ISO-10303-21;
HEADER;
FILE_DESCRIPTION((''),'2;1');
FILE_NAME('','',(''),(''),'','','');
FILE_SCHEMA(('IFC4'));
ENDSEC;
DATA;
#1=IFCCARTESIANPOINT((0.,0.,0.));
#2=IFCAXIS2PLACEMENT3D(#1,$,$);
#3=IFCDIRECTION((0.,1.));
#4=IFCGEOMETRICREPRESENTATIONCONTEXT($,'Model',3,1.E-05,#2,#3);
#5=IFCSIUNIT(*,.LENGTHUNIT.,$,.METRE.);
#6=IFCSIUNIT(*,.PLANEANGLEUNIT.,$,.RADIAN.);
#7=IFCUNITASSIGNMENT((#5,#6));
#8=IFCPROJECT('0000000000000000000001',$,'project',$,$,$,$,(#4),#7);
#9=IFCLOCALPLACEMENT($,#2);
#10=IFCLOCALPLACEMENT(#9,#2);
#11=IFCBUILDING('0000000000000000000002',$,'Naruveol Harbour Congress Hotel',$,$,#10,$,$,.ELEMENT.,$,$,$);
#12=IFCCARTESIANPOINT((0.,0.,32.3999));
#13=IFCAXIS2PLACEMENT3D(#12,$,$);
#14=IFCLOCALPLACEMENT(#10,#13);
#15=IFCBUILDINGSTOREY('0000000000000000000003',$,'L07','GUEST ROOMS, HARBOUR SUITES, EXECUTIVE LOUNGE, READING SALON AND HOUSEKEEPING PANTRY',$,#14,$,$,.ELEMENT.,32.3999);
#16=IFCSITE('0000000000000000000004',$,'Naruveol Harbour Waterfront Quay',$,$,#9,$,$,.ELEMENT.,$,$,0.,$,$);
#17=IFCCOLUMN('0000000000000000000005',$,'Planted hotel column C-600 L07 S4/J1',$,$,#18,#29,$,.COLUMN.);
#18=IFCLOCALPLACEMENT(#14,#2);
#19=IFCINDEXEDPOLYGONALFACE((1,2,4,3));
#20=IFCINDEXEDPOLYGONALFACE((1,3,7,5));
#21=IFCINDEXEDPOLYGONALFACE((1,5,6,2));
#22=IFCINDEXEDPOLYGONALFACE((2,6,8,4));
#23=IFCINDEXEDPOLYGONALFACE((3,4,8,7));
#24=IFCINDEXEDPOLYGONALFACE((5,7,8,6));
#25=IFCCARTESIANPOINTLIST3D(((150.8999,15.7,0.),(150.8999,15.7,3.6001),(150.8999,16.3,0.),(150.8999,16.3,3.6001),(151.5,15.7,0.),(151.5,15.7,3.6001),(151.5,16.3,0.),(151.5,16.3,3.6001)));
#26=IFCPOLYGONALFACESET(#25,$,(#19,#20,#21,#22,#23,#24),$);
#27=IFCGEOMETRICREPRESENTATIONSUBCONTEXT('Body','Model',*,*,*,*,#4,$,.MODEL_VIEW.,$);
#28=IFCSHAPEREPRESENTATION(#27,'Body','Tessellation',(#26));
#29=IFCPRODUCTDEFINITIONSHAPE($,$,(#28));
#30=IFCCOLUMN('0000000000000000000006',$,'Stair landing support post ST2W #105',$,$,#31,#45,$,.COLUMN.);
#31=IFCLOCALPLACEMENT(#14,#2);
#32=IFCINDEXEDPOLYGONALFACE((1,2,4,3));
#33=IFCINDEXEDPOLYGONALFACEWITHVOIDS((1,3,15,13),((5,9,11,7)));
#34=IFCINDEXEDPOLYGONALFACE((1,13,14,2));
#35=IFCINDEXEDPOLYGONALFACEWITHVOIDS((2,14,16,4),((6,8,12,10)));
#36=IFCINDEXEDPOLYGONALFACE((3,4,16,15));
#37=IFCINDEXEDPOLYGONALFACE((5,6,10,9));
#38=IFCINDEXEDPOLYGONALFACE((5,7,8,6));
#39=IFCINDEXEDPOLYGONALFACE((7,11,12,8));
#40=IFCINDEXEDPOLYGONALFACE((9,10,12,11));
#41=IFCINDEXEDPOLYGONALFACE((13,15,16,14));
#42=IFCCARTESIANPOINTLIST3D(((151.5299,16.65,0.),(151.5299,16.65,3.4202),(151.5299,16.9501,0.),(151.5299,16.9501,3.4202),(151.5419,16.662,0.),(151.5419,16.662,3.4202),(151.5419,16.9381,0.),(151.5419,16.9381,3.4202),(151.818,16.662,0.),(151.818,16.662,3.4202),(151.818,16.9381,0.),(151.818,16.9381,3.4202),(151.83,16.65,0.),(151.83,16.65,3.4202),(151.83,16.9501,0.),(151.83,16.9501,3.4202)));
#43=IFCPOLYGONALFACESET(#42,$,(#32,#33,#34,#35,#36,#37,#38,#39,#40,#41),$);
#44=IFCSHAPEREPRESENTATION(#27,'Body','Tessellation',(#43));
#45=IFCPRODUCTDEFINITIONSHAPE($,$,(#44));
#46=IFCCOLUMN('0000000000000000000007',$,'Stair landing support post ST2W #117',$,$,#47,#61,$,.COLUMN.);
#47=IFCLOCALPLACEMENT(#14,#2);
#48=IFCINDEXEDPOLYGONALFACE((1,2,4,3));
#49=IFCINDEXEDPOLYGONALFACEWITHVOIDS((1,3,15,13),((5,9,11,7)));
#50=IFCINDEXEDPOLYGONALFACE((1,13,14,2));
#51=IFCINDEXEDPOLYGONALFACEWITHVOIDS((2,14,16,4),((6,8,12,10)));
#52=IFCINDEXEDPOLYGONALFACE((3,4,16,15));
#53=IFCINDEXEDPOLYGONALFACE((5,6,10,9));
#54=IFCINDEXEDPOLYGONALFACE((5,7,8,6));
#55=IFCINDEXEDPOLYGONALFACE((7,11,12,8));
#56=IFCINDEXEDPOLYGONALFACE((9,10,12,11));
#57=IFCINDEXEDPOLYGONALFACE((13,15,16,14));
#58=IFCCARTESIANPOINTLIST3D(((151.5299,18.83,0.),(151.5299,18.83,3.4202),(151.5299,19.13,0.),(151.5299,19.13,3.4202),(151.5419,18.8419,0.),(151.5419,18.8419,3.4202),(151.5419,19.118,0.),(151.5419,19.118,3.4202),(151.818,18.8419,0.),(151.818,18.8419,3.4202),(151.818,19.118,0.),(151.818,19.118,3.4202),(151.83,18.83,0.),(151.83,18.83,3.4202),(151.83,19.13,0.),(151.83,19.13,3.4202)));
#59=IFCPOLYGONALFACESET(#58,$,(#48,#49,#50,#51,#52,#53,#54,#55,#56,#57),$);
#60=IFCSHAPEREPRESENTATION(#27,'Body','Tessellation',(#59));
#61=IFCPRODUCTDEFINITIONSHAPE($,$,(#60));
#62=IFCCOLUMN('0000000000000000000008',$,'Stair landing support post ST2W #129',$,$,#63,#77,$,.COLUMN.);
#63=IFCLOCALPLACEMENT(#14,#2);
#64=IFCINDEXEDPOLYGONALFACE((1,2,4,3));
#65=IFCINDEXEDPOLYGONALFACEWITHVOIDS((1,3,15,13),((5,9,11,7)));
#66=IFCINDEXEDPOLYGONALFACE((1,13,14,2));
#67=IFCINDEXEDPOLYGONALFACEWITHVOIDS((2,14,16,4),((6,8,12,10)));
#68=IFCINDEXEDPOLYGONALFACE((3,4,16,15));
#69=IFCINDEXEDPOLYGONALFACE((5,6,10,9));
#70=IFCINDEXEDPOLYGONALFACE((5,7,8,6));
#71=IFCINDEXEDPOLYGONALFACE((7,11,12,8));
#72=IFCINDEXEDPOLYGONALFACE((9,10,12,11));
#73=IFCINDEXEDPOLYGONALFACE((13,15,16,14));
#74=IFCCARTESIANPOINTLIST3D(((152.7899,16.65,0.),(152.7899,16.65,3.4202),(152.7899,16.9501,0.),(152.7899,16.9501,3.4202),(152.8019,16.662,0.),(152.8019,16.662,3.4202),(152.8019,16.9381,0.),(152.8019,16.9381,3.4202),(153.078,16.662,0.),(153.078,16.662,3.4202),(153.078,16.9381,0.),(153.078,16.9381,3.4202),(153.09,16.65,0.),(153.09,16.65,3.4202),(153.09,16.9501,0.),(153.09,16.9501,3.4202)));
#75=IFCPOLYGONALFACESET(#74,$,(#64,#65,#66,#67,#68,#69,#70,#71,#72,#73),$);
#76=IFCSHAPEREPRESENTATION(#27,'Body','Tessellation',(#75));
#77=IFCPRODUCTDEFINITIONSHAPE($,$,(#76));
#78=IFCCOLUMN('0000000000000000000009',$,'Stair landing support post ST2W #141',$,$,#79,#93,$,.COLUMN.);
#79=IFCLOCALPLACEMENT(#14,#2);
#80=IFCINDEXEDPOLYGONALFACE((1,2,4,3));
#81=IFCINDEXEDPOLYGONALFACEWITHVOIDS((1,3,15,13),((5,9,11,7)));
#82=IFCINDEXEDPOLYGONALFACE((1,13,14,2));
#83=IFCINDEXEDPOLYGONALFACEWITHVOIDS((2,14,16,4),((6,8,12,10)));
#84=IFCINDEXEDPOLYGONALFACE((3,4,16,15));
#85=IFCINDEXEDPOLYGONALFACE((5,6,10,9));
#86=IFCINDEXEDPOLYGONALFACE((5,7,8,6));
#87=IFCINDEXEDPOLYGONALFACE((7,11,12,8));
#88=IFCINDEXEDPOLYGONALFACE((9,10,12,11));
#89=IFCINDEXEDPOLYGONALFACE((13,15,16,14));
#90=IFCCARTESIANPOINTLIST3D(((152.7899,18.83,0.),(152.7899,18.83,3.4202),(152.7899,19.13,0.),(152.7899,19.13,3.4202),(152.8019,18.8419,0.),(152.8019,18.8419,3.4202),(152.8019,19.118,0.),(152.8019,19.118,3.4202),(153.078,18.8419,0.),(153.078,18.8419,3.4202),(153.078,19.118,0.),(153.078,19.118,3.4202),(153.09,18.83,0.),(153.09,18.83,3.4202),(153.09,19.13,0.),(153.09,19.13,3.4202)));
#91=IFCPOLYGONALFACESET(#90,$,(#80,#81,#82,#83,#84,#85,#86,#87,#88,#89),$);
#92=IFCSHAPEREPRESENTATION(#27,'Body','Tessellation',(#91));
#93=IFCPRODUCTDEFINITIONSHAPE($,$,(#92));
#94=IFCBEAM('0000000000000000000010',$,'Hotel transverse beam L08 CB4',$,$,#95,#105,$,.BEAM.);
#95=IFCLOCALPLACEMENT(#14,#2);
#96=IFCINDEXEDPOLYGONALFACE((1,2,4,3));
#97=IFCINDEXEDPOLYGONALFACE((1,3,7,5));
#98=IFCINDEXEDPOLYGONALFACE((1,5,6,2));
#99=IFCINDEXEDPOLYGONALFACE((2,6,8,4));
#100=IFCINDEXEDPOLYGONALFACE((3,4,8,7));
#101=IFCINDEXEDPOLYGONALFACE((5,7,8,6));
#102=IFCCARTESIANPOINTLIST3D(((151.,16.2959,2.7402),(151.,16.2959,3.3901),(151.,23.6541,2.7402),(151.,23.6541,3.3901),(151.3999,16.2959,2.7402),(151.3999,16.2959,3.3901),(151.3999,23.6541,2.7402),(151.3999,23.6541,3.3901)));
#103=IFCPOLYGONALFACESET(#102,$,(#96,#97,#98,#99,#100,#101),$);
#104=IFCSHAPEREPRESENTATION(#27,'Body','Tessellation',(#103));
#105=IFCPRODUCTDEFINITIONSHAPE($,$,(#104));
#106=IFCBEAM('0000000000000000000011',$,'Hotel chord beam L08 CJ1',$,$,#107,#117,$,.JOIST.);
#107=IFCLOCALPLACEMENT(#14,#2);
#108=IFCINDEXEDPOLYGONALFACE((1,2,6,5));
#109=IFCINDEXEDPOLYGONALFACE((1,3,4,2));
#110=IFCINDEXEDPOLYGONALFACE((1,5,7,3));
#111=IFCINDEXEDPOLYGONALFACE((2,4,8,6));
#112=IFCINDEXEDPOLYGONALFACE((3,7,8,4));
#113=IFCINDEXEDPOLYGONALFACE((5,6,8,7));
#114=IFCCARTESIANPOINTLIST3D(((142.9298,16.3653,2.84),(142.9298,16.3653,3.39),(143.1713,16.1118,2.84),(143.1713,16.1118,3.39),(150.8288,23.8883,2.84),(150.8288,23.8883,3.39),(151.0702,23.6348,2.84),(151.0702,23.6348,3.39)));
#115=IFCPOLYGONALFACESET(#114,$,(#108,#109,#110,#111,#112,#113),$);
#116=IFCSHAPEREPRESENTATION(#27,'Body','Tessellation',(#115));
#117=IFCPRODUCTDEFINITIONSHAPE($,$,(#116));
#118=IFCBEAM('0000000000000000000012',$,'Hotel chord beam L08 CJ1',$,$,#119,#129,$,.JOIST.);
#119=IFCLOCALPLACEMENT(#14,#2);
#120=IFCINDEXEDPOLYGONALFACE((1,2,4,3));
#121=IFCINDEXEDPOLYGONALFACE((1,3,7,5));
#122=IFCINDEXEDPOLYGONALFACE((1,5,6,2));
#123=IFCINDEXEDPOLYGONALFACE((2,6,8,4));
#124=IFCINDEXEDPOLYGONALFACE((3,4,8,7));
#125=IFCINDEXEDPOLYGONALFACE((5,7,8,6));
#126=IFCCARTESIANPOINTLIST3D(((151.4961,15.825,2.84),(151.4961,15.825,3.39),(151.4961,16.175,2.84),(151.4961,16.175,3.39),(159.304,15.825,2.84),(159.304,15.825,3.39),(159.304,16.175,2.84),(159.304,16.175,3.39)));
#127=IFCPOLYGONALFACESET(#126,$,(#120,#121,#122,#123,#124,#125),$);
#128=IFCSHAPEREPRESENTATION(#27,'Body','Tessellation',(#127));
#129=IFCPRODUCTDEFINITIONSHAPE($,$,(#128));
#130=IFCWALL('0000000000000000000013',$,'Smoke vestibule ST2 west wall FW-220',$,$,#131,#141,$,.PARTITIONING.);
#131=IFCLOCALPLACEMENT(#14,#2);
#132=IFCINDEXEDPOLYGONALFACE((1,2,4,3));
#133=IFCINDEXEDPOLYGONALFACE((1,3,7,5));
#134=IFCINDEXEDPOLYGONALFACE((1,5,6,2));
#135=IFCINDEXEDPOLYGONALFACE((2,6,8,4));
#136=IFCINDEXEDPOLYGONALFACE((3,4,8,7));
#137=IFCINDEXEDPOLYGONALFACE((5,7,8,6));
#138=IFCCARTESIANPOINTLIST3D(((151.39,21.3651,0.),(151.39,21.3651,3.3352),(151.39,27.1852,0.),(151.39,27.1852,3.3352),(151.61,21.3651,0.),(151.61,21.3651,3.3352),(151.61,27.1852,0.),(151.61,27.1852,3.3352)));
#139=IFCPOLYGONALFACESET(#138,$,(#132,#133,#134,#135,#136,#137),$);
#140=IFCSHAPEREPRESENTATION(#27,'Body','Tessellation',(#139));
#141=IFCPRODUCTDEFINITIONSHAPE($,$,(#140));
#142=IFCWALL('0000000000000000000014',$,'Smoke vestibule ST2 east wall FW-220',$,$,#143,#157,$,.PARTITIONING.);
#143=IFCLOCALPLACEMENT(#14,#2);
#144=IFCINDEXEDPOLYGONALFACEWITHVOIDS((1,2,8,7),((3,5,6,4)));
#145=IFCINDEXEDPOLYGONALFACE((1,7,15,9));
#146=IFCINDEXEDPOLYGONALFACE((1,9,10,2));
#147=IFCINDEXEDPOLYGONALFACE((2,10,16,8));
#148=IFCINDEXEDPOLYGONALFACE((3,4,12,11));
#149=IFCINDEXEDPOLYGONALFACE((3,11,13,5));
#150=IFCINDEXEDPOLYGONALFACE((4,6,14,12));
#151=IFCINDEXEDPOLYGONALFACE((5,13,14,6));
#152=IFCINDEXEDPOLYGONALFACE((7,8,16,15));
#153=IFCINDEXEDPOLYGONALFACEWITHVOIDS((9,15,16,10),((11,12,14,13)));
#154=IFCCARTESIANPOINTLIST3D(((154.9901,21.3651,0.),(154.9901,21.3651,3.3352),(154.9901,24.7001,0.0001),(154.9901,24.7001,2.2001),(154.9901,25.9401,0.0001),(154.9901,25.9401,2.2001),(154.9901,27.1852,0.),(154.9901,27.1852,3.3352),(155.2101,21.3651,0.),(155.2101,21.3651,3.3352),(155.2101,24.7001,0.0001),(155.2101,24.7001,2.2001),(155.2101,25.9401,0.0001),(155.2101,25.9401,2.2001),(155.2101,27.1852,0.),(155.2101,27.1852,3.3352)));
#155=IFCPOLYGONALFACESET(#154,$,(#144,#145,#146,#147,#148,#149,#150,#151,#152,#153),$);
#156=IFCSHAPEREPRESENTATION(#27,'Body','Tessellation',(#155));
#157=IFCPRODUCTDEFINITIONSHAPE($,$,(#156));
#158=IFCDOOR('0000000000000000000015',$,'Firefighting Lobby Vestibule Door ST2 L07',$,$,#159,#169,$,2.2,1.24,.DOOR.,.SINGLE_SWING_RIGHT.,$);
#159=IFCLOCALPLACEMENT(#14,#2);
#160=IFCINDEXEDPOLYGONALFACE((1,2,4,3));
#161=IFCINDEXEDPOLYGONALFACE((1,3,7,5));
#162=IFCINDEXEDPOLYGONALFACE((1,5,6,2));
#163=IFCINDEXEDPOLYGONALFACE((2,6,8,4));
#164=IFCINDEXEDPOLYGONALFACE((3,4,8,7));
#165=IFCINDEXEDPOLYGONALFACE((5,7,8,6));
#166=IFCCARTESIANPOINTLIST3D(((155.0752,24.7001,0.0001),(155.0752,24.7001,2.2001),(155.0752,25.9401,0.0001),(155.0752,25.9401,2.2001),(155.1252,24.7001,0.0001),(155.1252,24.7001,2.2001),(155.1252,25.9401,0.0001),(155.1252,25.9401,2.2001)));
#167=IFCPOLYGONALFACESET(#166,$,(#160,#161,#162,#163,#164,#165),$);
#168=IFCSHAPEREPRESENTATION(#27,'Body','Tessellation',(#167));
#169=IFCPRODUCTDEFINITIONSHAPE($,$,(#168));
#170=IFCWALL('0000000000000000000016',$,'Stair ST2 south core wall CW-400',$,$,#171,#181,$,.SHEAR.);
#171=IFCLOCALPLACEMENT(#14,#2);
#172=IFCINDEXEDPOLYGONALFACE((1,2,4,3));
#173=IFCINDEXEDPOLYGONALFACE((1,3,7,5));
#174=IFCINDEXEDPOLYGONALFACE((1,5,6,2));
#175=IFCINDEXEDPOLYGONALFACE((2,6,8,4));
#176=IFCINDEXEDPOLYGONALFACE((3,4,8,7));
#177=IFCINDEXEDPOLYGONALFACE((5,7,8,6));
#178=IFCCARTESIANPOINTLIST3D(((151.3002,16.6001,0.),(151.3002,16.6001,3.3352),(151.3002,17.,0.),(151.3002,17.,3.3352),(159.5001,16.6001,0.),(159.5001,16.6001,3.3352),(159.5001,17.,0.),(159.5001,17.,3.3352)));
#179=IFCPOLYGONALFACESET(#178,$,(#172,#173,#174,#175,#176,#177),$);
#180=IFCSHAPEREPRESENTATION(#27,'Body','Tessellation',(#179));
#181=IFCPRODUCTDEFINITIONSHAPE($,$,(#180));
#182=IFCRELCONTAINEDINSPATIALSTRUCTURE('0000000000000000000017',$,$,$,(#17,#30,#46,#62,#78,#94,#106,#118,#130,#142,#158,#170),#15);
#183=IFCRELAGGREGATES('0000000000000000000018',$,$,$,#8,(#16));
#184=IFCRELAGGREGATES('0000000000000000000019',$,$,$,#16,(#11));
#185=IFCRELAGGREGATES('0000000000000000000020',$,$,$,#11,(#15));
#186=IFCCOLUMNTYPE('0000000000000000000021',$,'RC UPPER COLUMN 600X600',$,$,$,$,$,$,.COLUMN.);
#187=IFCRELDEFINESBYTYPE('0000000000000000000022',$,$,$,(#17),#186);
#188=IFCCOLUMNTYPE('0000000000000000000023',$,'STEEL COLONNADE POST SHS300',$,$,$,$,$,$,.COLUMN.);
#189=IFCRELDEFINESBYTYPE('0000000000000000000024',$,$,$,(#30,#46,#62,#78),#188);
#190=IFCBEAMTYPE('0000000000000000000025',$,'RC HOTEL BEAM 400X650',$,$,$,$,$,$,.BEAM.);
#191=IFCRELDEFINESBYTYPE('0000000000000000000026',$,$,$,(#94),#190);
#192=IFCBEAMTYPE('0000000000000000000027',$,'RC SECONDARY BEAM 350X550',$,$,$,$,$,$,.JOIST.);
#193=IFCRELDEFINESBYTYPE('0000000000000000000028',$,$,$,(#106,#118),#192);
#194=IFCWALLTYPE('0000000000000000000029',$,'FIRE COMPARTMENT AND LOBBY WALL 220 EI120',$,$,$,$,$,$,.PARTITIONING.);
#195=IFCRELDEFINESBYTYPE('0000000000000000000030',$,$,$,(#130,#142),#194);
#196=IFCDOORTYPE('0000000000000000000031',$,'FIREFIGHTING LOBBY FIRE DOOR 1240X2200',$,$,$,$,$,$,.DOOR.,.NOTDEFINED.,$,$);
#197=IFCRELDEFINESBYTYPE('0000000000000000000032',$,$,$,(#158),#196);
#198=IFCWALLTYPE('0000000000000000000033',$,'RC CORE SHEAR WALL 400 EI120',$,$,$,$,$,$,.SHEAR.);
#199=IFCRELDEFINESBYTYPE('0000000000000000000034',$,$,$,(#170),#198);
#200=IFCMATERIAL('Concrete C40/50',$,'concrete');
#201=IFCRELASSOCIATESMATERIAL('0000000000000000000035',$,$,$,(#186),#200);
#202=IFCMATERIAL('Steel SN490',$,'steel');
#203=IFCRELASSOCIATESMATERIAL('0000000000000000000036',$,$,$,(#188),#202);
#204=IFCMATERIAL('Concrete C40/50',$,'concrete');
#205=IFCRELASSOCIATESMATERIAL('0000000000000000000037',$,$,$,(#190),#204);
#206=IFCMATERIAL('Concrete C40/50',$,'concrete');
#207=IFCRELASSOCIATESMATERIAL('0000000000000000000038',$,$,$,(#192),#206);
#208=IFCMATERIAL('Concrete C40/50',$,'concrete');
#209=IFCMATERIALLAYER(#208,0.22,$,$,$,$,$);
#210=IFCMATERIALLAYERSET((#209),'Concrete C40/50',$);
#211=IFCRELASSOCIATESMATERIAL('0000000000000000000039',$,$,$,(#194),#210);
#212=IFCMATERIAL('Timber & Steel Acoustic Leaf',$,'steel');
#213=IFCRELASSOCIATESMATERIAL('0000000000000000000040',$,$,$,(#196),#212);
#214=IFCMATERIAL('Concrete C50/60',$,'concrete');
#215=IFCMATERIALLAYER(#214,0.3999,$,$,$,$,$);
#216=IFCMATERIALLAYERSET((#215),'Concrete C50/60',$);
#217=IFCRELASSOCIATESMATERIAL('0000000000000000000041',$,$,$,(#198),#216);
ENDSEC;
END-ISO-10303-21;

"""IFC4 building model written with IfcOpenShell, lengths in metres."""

from ifc_helpers import new_model, si_unit, direction, frame, frame_2d, origin, origin_2d, place, context, subcontext, project, spatial, rectangle, hollow_rectangle, extrude, material, layer, layer_set, material_profile, profile_set, type_object, element, fill, save


model = new_model("IFC4")

# Units and contexts
model_context = context("Model", 3, precision=1e-05, world=origin(), true_north=direction((0.0, 1.0)))
body_context = subcontext(model_context, "Body", "Model", "MODEL_VIEW")
ifc_project = project(units=[si_unit("LENGTHUNIT", "METRE"), si_unit("PLANEANGLEUNIT", "RADIAN")], contexts=[model_context])

# Site, building, storey
site_placement = place(None, origin())
site = spatial("IfcSite", under=ifc_project, at=site_placement, Name="Naruveol Harbour Waterfront Quay", CompositionType="ELEMENT", RefElevation=0.0)
building_placement = place(site_placement, origin())
building = spatial("IfcBuilding", under=site, at=building_placement, Name="Naruveol Harbour Congress Hotel", CompositionType="ELEMENT")
storey_placement = place(building_placement, frame((0.0, 0.0, 32.3999)))
storey = spatial("IfcBuildingStorey", under=building, at=storey_placement, Name="L07", Description="GUEST ROOMS, HARBOUR SUITES, EXECUTIVE LOUNGE, READING SALON AND HOUSEKEEPING PANTRY", CompositionType="ELEMENT", Elevation=32.3999)

# Columns
ifc_material_1 = material(Name="Concrete C40/50", Category="concrete")
ifc_material_profile_1 = material_profile(ifc_material_1, rectangle(XDim=0.6001, YDim=0.6001, at=origin_2d()), Name="RC-600x600")
ifc_profile_set_1 = profile_set([ifc_material_profile_1], Name="Concrete C40/50")
column_type_1 = type_object("IfcColumnType", Name="RC UPPER COLUMN 600X600", PredefinedType="COLUMN", material=ifc_profile_set_1)
column_placement = place(storey_placement, frame((151.2, 16.0, 0.0), z_axis=(0.0, 0.0, 1.0), x_axis=(1.0, 0.0, 0.0)))
element("IfcColumn", 1, at=column_placement, inside=storey, type_object=column_type_1, Name="Planted hotel column C-600 L07 S4/J1", PredefinedType="COLUMN", context=body_context, shape_type="SweptSolid", body=[
    extrude(rectangle(XDim=0.6001, YDim=0.6001, at=origin_2d()), origin(), (0.0, 0.0, 1.0), 3.6001),
])
ifc_material_2 = material(Name="Steel SN490", Category="steel")
ifc_material_profile_2 = material_profile(ifc_material_2, hollow_rectangle(XDim=0.3, YDim=0.3, WallThickness=0.012, at=origin_2d()), Name="SHS-300x300x12")
ifc_profile_set_2 = profile_set([ifc_material_profile_2], Name="Steel SN490")
column_type_2 = type_object("IfcColumnType", Name="STEEL COLONNADE POST SHS300", PredefinedType="COLUMN", material=ifc_profile_set_2)
for number, where, z_axis, x_axis, name in (
    (2, (151.6799, 16.8, 0.0), (0.0, 0.0, 1.0), (1.0, 0.0, 0.0), "Stair landing support post ST2W #105"),
    (3, (151.6799, 18.98, 0.0), (0.0, 0.0, 1.0), (1.0, 0.0, 0.0), "Stair landing support post ST2W #117"),
    (4, (152.9399, 16.8, 0.0), (0.0, 0.0, 1.0), (1.0, 0.0, 0.0), "Stair landing support post ST2W #129"),
    (5, (152.9399, 18.98, 0.0), (0.0, 0.0, 1.0), (1.0, 0.0, 0.0), "Stair landing support post ST2W #141"),
):
    element("IfcColumn", number, at=place(storey_placement, frame(where, z_axis=z_axis, x_axis=x_axis)), inside=storey, type_object=column_type_2, Name=name, PredefinedType="COLUMN", context=body_context, shape_type="SweptSolid", body=[
        extrude(hollow_rectangle(XDim=0.3, YDim=0.3, WallThickness=0.012, at=origin_2d()), origin(), (0.0, 0.0, 1.0), 3.4202),
    ])

# Beams
ifc_material_3 = material(Name="Concrete C40/50", Category="concrete")
ifc_material_profile_3 = material_profile(ifc_material_3, rectangle(XDim=0.3999, YDim=0.6499, at=origin_2d()), Name="RCB-400x650")
ifc_profile_set_3 = profile_set([ifc_material_profile_3], Name="Concrete C40/50")
beam_type_1 = type_object("IfcBeamType", Name="RC HOTEL BEAM 400X650", PredefinedType="BEAM", material=ifc_profile_set_3)
beam_1_placement = place(storey_placement, frame((151.2, 16.2959, 3.0652), z_axis=(0.0, 1.0, 0.0), x_axis=(-1.0, 0.0, 0.0)))
element("IfcBeam", 6, at=beam_1_placement, inside=storey, type_object=beam_type_1, Name="Hotel transverse beam L08 CB4", PredefinedType="BEAM", context=body_context, shape_type="SweptSolid", body=[
    extrude(rectangle(XDim=0.3999, YDim=0.6499, at=origin_2d()), origin(), (0.0, 0.0, 1.0), 7.3582),
])
ifc_material_4 = material(Name="Concrete C40/50", Category="concrete")
ifc_material_profile_4 = material_profile(ifc_material_4, rectangle(XDim=0.3501, YDim=0.55, at=origin_2d()), Name="RCB-350x550")
ifc_profile_set_4 = profile_set([ifc_material_profile_4], Name="Concrete C40/50")
beam_type_2 = type_object("IfcBeamType", Name="RC SECONDARY BEAM 350X550", PredefinedType="JOIST", material=ifc_profile_set_4)
beam_2_placement = place(storey_placement, frame((143.0505, 16.2385, 3.115), z_axis=(0.72413, 0.689663, 0.0), x_axis=(-0.689663, 0.72413, 0.0)))
element("IfcBeam", 7, at=beam_2_placement, inside=storey, type_object=beam_type_2, Name="Hotel chord beam L08 CJ1", PredefinedType="JOIST", context=body_context, shape_type="SweptSolid", body=[
    extrude(rectangle(XDim=0.3501, YDim=0.55, at=origin_2d()), origin(), (0.0, 0.0, 1.0), 10.9082),
])
beam_3_placement = place(storey_placement, frame((151.4961, 16.0, 3.115), z_axis=(1.0, 0.0, 0.0), x_axis=(0.0, 1.0, 0.0)))
element("IfcBeam", 8, at=beam_3_placement, inside=storey, type_object=beam_type_2, Name="Hotel chord beam L08 CJ1", PredefinedType="JOIST", context=body_context, shape_type="SweptSolid", body=[
    extrude(rectangle(XDim=0.3501, YDim=0.55, at=origin_2d()), origin(), (0.0, 0.0, 1.0), 7.8079),
])

# Wall
ifc_material_5 = material(Name="Concrete C40/50", Category="concrete")
ifc_layer_1 = layer(ifc_material_5, 0.22)
ifc_layer_set_1 = layer_set([ifc_layer_1], Name="Concrete C40/50")
wall_type_1 = type_object("IfcWallType", Name="FIRE COMPARTMENT AND LOBBY WALL 220 EI120", PredefinedType="PARTITIONING", material=ifc_layer_set_1)
wall_1_placement = place(storey_placement, frame((151.5, 21.365, 0.0), z_axis=(0.0, 0.0, 1.0), x_axis=(0.0, 1.0, 0.0)))
element("IfcWall", 9, at=wall_1_placement, inside=storey, type_object=wall_type_1, Name="Smoke vestibule ST2 west wall FW-220", PredefinedType="PARTITIONING", context=body_context, shape_type="SweptSolid", body=[
    extrude(rectangle(XDim=5.8201, YDim=0.22, at=frame_2d((2.9102, 0.0))), origin(), (0.0, 0.0, 1.0), 3.3352),
])

# Wall, opening, door
wall_2_placement = place(storey_placement, frame((155.1001, 21.365, 0.0), z_axis=(0.0, 0.0, 1.0), x_axis=(0.0, 1.0, 0.0)))
wall_2 = element("IfcWall", 10, at=wall_2_placement, inside=storey, type_object=wall_type_1, Name="Smoke vestibule ST2 east wall FW-220", PredefinedType="PARTITIONING", context=body_context, shape_type="SweptSolid", body=[
    extrude(rectangle(XDim=5.8201, YDim=0.22, at=frame_2d((2.9102, 0.0))), origin(), (0.0, 0.0, 1.0), 3.3352),
])
opening_1_placement = place(wall_2_placement, frame((3.335, 0.0, 0.0)))
opening_1 = element("IfcOpeningElement", 11, at=opening_1_placement, cuts=wall_2, PredefinedType="OPENING", context=body_context, shape_type="SweptSolid", body=[
    extrude(rectangle(XDim=1.24, YDim=2.2, at=frame_2d((0.6201, 1.1001))), frame((0.0, 0.1199, 0.0), z_axis=(0.0, -1.0, 0.0), x_axis=(1.0, 0.0, 0.0)), (0.0, 0.0, 1.0), 0.24),
])
ifc_material_6 = material(Name="Timber & Steel Acoustic Leaf", Category="steel")
door_type_1 = type_object("IfcDoorType", Name="FIREFIGHTING LOBBY FIRE DOOR 1240X2200", OperationType="NOTDEFINED", PredefinedType="DOOR", material=ifc_material_6)
door_1_placement = place(opening_1_placement, origin())
door_1 = element("IfcDoor", 12, at=door_1_placement, inside=storey, type_object=door_type_1, Name="Firefighting Lobby Vestibule Door ST2 L07", OperationType="SINGLE_SWING_RIGHT", OverallHeight=2.2, OverallWidth=1.24, PredefinedType="DOOR", context=body_context, shape_type="SweptSolid", body=[
    extrude(rectangle(XDim=1.24, YDim=2.2, at=frame_2d((0.6201, 1.1001))), frame((0.0, 0.0249, 0.0), z_axis=(0.0, -1.0, 0.0), x_axis=(1.0, 0.0, 0.0)), (0.0, 0.0, 1.0), 0.05),
])
fill(opening_1, door_1)

# Wall
ifc_material_7 = material(Name="Concrete C50/60", Category="concrete")
ifc_layer_2 = layer(ifc_material_7, 0.3999)
ifc_layer_set_2 = layer_set([ifc_layer_2], Name="Concrete C50/60")
wall_type_2 = type_object("IfcWallType", Name="RC CORE SHEAR WALL 400 EI120", PredefinedType="SHEAR", material=ifc_layer_set_2)
wall_3_placement = place(storey_placement, frame((151.3, 16.8, 0.0), z_axis=(0.0, 0.0, 1.0), x_axis=(1.0, 0.0, 0.0)))
element("IfcWall", 13, at=wall_3_placement, inside=storey, type_object=wall_type_2, Name="Stair ST2 south core wall CW-400", PredefinedType="SHEAR", context=body_context, shape_type="SweptSolid", body=[
    extrude(rectangle(XDim=8.2, YDim=0.3999, at=frame_2d((4.1001, 0.0))), origin(), (0.0, 0.0, 1.0), 3.3352),
])

save(model, "model.ifc")
